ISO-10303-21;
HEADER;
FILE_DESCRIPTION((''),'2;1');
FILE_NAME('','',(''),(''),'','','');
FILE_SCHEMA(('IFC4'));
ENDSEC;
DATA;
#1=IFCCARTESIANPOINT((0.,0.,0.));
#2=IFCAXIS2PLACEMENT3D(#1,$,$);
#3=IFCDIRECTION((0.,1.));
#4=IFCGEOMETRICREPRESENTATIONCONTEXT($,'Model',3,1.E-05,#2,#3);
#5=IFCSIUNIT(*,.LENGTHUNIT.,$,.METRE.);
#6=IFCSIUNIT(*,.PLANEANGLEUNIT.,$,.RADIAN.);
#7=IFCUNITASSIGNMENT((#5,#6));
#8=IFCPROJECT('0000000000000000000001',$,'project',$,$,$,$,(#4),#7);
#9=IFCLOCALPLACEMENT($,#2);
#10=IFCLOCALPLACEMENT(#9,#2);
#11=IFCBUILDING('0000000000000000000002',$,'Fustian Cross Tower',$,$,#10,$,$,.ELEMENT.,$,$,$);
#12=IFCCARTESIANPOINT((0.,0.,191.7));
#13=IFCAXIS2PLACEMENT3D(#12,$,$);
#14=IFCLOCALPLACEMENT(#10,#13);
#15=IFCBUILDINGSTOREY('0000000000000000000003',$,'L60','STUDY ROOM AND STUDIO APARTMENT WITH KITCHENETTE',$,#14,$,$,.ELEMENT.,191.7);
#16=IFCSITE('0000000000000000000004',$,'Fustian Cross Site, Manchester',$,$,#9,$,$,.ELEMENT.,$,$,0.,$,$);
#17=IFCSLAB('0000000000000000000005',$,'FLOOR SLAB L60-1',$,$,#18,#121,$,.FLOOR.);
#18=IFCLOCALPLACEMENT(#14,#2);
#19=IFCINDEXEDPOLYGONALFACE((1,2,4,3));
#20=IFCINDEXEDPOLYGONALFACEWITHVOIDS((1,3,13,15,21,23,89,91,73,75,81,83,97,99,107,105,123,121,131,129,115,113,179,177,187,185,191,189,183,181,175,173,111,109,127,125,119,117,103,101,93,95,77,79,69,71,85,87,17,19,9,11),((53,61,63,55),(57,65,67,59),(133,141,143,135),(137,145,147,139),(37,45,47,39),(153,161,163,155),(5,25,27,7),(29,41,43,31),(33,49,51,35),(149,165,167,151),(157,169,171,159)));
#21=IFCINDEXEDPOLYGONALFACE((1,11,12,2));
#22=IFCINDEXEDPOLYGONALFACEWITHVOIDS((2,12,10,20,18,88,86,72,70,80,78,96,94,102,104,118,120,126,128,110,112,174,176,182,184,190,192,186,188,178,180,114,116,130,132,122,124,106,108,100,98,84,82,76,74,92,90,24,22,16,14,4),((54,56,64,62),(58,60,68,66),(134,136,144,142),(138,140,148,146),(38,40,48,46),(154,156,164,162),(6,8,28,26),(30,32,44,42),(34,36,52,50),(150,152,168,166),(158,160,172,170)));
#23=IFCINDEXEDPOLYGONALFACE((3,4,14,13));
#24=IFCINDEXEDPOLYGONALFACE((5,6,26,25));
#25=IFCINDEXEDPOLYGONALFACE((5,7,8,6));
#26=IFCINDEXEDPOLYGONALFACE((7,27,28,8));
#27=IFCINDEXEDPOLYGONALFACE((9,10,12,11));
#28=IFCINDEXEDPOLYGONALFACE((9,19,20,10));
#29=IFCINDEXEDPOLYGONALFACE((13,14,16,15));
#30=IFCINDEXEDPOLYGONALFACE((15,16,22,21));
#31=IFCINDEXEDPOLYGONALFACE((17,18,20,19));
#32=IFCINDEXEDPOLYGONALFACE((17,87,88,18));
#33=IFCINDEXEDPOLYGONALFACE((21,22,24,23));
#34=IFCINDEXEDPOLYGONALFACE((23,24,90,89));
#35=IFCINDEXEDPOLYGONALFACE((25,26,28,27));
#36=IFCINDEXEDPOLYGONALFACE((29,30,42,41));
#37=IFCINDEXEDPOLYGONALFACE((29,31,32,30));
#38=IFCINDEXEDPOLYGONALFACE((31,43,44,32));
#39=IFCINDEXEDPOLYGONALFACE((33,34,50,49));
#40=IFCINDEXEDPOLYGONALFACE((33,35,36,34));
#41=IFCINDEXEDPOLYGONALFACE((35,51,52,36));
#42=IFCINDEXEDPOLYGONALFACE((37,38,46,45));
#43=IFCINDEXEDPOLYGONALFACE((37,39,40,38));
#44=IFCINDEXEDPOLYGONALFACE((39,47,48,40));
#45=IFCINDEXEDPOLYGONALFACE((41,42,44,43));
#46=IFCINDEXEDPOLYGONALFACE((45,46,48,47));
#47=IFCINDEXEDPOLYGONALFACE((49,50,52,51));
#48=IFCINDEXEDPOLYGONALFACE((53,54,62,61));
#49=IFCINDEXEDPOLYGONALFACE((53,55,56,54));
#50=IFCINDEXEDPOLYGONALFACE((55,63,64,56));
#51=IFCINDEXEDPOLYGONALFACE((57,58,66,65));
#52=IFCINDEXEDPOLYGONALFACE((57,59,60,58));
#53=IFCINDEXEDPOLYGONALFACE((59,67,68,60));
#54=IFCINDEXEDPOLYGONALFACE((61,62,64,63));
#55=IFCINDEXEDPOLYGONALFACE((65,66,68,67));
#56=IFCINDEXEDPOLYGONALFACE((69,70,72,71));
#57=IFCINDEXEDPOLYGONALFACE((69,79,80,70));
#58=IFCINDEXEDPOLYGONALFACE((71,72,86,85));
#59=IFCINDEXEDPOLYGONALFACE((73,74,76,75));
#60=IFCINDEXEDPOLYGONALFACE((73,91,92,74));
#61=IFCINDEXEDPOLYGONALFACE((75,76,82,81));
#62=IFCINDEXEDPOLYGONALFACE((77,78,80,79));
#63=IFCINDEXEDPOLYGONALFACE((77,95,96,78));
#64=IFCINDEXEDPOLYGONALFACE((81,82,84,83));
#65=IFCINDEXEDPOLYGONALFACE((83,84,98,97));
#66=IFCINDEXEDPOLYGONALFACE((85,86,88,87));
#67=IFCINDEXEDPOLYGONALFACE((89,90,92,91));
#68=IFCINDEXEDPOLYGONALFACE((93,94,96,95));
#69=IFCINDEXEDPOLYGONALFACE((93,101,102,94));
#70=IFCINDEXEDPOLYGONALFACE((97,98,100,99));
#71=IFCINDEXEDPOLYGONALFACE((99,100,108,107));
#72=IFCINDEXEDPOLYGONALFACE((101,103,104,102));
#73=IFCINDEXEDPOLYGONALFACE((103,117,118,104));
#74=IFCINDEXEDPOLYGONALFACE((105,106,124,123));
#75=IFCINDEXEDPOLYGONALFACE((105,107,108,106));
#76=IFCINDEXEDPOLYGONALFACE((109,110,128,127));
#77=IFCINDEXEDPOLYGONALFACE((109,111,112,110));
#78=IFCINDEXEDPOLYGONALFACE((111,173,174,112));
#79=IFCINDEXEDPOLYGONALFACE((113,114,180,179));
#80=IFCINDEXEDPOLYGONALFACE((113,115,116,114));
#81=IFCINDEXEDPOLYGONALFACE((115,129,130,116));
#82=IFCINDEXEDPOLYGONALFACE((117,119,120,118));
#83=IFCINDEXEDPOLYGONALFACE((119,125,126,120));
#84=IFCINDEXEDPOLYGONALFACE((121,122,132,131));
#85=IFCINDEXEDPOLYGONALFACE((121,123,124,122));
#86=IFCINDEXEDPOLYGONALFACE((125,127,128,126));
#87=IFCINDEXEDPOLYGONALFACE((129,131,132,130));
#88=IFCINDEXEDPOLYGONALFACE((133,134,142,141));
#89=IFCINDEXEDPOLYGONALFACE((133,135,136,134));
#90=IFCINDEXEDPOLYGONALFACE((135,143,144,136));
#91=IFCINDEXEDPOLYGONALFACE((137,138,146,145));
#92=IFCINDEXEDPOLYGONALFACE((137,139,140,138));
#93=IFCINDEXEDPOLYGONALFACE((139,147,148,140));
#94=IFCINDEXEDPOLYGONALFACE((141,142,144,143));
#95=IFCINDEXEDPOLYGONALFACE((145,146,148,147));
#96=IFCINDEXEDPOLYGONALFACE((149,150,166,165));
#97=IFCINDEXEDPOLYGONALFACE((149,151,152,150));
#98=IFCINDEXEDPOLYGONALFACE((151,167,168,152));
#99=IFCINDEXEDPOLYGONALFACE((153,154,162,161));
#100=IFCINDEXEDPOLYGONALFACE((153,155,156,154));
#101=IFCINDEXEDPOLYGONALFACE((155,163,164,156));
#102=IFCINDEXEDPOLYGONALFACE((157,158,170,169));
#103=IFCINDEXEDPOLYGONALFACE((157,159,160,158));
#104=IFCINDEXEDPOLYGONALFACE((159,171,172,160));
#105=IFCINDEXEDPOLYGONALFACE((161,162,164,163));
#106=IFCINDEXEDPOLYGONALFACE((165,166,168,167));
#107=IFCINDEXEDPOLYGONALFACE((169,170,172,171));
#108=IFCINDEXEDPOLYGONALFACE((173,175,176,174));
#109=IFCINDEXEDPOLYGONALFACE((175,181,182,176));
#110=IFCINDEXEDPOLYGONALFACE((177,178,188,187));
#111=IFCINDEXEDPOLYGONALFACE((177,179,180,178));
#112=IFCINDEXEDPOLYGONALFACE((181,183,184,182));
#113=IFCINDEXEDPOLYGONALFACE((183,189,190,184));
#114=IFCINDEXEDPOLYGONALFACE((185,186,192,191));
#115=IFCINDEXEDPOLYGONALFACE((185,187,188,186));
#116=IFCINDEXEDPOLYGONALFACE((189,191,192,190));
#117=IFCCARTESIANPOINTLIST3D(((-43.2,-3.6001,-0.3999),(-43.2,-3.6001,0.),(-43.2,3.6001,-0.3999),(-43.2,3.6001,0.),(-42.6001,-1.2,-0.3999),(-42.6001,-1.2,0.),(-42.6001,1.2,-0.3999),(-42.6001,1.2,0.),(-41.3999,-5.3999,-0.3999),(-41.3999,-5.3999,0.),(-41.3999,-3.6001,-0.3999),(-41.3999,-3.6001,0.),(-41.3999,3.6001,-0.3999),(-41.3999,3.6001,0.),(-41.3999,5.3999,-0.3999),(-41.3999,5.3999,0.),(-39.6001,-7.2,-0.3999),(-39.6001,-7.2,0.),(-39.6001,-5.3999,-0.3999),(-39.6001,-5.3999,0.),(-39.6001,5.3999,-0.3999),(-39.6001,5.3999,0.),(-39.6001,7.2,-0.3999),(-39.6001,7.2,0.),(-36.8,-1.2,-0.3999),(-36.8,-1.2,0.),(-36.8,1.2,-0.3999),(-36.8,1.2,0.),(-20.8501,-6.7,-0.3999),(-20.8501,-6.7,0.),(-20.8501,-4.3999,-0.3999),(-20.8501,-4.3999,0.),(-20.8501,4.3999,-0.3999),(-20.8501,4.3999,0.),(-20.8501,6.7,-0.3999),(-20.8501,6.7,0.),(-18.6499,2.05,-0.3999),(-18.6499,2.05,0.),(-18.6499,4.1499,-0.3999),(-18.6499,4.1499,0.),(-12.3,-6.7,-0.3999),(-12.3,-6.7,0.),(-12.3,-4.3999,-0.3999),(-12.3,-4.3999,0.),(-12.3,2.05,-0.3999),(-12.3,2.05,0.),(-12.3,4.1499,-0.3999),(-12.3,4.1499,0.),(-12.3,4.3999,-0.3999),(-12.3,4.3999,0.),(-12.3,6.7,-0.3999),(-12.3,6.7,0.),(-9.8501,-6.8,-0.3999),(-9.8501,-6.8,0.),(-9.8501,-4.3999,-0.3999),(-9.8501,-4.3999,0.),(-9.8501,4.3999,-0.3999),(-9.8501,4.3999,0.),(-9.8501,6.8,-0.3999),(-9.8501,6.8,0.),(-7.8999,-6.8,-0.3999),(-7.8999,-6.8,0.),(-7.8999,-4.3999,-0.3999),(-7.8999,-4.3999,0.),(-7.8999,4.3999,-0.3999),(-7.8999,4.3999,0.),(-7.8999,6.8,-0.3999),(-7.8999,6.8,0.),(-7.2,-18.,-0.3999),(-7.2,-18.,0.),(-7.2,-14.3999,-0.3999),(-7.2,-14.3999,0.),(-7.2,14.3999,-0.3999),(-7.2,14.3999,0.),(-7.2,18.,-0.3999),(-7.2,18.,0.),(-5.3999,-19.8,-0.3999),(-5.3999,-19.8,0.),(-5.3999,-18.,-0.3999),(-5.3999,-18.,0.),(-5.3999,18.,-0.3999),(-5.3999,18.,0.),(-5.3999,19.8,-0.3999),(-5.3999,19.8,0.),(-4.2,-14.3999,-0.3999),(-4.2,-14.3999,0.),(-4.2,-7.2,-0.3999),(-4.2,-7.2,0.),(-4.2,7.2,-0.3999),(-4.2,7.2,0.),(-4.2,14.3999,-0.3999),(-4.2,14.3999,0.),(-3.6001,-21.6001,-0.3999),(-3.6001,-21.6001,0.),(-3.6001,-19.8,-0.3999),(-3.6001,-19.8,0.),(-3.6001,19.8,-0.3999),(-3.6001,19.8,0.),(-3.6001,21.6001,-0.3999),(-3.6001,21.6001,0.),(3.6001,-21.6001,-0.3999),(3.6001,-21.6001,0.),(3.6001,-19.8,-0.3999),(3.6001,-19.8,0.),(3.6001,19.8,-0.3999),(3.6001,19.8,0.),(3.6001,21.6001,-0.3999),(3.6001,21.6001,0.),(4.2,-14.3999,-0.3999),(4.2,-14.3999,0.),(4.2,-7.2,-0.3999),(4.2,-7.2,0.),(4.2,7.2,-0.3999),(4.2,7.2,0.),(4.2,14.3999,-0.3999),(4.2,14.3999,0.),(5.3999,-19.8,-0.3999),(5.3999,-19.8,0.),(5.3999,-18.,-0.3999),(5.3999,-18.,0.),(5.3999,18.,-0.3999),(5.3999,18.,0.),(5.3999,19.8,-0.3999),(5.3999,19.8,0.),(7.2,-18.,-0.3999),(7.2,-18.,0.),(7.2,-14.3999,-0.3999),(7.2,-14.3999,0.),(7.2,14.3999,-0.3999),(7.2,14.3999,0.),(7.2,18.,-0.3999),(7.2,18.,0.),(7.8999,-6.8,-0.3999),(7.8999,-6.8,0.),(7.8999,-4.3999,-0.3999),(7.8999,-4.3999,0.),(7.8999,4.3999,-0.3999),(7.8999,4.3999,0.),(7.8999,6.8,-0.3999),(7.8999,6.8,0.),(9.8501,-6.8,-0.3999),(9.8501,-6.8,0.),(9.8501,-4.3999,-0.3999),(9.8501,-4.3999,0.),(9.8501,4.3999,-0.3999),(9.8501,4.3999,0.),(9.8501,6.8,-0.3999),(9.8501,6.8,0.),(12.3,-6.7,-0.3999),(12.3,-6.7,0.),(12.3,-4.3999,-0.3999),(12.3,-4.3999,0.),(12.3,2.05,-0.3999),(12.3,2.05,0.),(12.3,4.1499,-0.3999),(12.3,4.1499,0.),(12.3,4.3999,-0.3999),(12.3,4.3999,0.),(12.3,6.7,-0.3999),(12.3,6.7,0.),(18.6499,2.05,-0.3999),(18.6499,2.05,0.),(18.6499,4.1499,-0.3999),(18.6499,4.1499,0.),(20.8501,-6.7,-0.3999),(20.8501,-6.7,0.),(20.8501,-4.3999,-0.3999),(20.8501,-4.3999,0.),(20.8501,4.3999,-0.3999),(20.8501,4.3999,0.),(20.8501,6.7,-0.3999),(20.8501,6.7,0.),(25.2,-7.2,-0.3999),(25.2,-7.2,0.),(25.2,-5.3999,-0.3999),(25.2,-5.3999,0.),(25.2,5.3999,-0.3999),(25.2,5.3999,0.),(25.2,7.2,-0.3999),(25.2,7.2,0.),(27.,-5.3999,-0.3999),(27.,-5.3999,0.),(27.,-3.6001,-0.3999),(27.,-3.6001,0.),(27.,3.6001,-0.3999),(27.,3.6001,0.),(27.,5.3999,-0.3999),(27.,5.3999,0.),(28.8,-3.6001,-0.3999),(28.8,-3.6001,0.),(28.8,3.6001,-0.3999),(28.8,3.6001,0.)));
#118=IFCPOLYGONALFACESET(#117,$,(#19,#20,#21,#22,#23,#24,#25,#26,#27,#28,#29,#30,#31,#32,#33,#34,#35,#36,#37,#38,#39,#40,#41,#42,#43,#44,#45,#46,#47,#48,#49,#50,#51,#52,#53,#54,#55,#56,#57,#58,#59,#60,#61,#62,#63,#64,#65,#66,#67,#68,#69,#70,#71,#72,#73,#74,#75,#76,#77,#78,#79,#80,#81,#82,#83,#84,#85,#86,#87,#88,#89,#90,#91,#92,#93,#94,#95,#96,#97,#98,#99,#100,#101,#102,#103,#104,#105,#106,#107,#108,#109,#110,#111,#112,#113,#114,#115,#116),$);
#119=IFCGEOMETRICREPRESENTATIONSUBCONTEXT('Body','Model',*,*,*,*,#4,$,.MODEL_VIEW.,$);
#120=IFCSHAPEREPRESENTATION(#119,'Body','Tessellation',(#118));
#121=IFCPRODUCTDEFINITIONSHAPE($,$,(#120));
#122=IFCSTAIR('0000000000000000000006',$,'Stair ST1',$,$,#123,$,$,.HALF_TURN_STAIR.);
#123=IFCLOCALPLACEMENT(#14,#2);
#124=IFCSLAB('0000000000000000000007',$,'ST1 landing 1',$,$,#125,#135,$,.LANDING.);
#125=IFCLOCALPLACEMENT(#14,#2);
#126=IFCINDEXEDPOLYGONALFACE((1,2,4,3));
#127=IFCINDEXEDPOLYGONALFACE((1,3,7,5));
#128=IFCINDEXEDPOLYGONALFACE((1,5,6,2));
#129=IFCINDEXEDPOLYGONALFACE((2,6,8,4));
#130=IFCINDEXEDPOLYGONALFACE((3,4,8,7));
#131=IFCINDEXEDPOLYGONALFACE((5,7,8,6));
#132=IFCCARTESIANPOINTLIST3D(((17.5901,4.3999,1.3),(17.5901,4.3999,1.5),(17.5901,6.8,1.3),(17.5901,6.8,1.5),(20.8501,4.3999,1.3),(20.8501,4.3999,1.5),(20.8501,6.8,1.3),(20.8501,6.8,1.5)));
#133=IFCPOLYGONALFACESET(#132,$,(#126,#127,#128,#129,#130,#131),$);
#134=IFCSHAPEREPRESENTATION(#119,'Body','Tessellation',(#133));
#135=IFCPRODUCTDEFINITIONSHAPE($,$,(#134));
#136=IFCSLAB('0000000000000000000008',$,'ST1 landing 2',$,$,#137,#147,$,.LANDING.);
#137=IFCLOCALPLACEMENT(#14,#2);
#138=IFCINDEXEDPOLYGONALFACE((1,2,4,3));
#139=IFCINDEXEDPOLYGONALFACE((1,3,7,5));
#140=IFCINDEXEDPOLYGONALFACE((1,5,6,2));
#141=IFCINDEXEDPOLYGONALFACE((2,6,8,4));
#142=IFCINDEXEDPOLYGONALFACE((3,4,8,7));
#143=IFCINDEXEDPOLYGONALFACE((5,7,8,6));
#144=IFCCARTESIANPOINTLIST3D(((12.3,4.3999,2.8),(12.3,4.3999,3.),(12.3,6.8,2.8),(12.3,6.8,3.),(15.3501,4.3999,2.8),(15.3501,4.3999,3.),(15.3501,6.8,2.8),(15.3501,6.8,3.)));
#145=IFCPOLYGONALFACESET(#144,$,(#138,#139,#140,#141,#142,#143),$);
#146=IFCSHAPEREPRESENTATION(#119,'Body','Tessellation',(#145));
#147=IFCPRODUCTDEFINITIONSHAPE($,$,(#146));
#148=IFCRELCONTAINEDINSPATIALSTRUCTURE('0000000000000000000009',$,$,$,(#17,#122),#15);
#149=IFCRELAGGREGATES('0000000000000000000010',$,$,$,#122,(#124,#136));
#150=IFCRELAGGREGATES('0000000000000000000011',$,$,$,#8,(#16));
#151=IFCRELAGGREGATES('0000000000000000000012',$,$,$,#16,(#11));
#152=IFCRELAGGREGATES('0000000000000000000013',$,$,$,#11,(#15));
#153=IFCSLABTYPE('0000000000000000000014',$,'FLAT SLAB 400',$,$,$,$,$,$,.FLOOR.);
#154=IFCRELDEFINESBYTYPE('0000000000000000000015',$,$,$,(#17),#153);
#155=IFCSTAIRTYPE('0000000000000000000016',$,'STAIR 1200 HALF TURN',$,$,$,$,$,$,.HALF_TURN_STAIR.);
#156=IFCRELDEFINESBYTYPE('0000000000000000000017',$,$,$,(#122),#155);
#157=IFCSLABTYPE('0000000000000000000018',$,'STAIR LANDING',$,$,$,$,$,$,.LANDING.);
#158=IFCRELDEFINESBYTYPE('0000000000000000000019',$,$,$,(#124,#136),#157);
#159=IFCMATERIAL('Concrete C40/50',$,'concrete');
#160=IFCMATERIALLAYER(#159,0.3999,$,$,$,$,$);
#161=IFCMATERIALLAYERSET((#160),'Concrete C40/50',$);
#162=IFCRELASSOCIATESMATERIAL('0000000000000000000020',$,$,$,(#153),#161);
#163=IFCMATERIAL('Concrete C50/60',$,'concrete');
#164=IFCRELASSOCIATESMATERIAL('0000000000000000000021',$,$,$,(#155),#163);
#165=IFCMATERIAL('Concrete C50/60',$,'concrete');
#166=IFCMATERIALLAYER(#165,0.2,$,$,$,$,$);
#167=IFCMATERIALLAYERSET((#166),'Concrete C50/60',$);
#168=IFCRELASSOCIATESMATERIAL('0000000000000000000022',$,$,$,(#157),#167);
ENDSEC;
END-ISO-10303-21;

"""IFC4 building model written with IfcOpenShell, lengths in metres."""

from ifc_helpers import new_model, si_unit, direction, frame, origin, place, context, subcontext, project, spatial, polyline, outline, extrude, material, layer, layer_set, type_object, element, aggregate, save


model = new_model("IFC4")

# Units and contexts
model_context = context("Model", 3, precision=1e-05, world=origin(), true_north=direction((0.0, 1.0)))
body_context = subcontext(model_context, "Body", "Model", "MODEL_VIEW")
ifc_project = project(units=[si_unit("LENGTHUNIT", "METRE"), si_unit("PLANEANGLEUNIT", "RADIAN")], contexts=[model_context])

# Site, building, storey
site_placement = place(None, origin())
site = spatial("IfcSite", under=ifc_project, at=site_placement, Name="Fustian Cross Site, Manchester", CompositionType="ELEMENT", RefElevation=0.0)
building_placement = place(site_placement, origin())
building = spatial("IfcBuilding", under=site, at=building_placement, Name="Fustian Cross Tower", CompositionType="ELEMENT")
storey_placement = place(building_placement, frame((0.0, 0.0, 191.7)))
storey = spatial("IfcBuildingStorey", under=building, at=storey_placement, Name="L60", Description="STUDY ROOM AND STUDIO APARTMENT WITH KITCHENETTE", CompositionType="ELEMENT", Elevation=191.7)

# Slab
ifc_material_1 = material(Name="Concrete C40/50", Category="concrete")
ifc_layer_1 = layer(ifc_material_1, 0.3999)
ifc_layer_set_1 = layer_set([ifc_layer_1], Name="Concrete C40/50")
slab_type_1 = type_object("IfcSlabType", Name="FLAT SLAB 400", PredefinedType="FLOOR", material=ifc_layer_set_1)
slab_1_placement = place(storey_placement, frame((0.0, 0.0, -0.3999)))
element("IfcSlab", 1, at=slab_1_placement, inside=storey, type_object=slab_type_1, Name="FLOOR SLAB L60-1", PredefinedType="FLOOR", context=body_context, shape_type="SweptSolid", body=[
    extrude(outline(polyline([(-5.3999, -19.8), (-5.3999, -18.0), (-7.2, -18.0), (-7.2, -14.3999), (-4.2, -14.3999), (-4.2, -7.2), (-39.6001, -7.2), (-39.6001, -5.3999), (-41.3999, -5.3999), (-41.3999, -3.6001), (-43.2, -3.6001), (-43.2, 3.6001), (-41.3999, 3.6001), (-41.3999, 5.3999), (-39.6001, 5.3999), (-39.6001, 7.2), (-4.2, 7.2), (-4.2, 14.3999), (-7.2, 14.3999), (-7.2, 18.0), (-5.3999, 18.0), (-5.3999, 19.8), (-3.6001, 19.8), (-3.6001, 21.6001), (3.6001, 21.6001), (3.6001, 19.8), (5.3999, 19.8), (5.3999, 18.0), (7.2, 18.0), (7.2, 14.3999), (4.2, 14.3999), (4.2, 7.2), (25.2, 7.2), (25.2, 5.3999), (27.0, 5.3999), (27.0, 3.6001), (28.8, 3.6001), (28.8, -3.6001), (27.0, -3.6001), (27.0, -5.3999), (25.2, -5.3999), (25.2, -7.2), (4.2, -7.2), (4.2, -14.3999), (7.2, -14.3999), (7.2, -18.0), (5.3999, -18.0), (5.3999, -19.8), (3.6001, -19.8), (3.6001, -21.6001), (-3.6001, -21.6001), (-3.6001, -19.8), (-5.3999, -19.8)]), holes=[polyline([(7.8999, 4.3999), (9.8501, 4.3999), (9.8501, 6.8), (7.8999, 6.8), (7.8999, 4.3999)]), polyline([(7.8999, -4.3999), (7.8999, -6.8), (9.8501, -6.8), (9.8501, -4.3999), (7.8999, -4.3999)]), polyline([(-7.8999, 6.8), (-9.8501, 6.8), (-9.8501, 4.3999), (-7.8999, 4.3999), (-7.8999, 6.8)]), polyline([(-7.8999, -6.8), (-7.8999, -4.3999), (-9.8501, -4.3999), (-9.8501, -6.8), (-7.8999, -6.8)]), polyline([(12.3, 2.05), (18.6499, 2.05), (18.6499, 4.1499), (12.3, 4.1499), (12.3, 2.05)]), polyline([(-18.6499, 4.1499), (-18.6499, 2.05), (-12.3, 2.05), (-12.3, 4.1499), (-18.6499, 4.1499)]), polyline([(20.8501, 6.7), (12.3, 6.7), (12.3, 4.3999), (20.8501, 4.3999), (20.8501, 6.7)]), polyline([(20.8501, -6.7), (20.8501, -4.3999), (12.3, -4.3999), (12.3, -6.7), (20.8501, -6.7)]), polyline([(-20.8501, 4.3999), (-12.3, 4.3999), (-12.3, 6.7), (-20.8501, 6.7), (-20.8501, 4.3999)]), polyline([(-20.8501, -4.3999), (-20.8501, -6.7), (-12.3, -6.7), (-12.3, -4.3999), (-20.8501, -4.3999)]), polyline([(-36.8, 1.2), (-42.6001, 1.2), (-42.6001, -1.2), (-36.8, -1.2), (-36.8, 1.2)])]), origin(), (0.0, 0.0, 1.0), 0.3999),
])

# Stair, slabs
ifc_material_2 = material(Name="Concrete C50/60", Category="concrete")
stair_type = type_object("IfcStairType", Name="STAIR 1200 HALF TURN", PredefinedType="HALF_TURN_STAIR", material=ifc_material_2)
stair_placement = place(storey_placement, origin())
stair = element("IfcStair", 2, at=stair_placement, inside=storey, type_object=stair_type, Name="Stair ST1", PredefinedType="HALF_TURN_STAIR")
ifc_material_3 = material(Name="Concrete C50/60", Category="concrete")
ifc_layer_2 = layer(ifc_material_3, 0.2)
ifc_layer_set_2 = layer_set([ifc_layer_2], Name="Concrete C50/60")
slab_type_2 = type_object("IfcSlabType", Name="STAIR LANDING", PredefinedType="LANDING", material=ifc_layer_set_2)
slab_2_placement = place(storey_placement, frame((0.0, 0.0, 1.3)))
slab_2 = element("IfcSlab", 3, at=slab_2_placement, type_object=slab_type_2, Name="ST1 landing 1", PredefinedType="LANDING", context=body_context, shape_type="SweptSolid", body=[
    extrude(outline(polyline([(17.5901, 4.3999), (20.8501, 4.3999), (20.8501, 6.8), (17.5901, 6.8), (17.5901, 4.3999)])), origin(), (0.0, 0.0, 1.0), 0.2),
])
slab_3_placement = place(storey_placement, frame((0.0, 0.0, 2.8)))
slab_3 = element("IfcSlab", 4, at=slab_3_placement, type_object=slab_type_2, Name="ST1 landing 2", PredefinedType="LANDING", context=body_context, shape_type="SweptSolid", body=[
    extrude(outline(polyline([(12.3, 4.3999), (15.3501, 4.3999), (15.3501, 6.8), (12.3, 6.8), (12.3, 4.3999)])), origin(), (0.0, 0.0, 1.0), 0.2),
])
aggregate(stair, [slab_2, slab_3])

save(model, "model.ifc")
